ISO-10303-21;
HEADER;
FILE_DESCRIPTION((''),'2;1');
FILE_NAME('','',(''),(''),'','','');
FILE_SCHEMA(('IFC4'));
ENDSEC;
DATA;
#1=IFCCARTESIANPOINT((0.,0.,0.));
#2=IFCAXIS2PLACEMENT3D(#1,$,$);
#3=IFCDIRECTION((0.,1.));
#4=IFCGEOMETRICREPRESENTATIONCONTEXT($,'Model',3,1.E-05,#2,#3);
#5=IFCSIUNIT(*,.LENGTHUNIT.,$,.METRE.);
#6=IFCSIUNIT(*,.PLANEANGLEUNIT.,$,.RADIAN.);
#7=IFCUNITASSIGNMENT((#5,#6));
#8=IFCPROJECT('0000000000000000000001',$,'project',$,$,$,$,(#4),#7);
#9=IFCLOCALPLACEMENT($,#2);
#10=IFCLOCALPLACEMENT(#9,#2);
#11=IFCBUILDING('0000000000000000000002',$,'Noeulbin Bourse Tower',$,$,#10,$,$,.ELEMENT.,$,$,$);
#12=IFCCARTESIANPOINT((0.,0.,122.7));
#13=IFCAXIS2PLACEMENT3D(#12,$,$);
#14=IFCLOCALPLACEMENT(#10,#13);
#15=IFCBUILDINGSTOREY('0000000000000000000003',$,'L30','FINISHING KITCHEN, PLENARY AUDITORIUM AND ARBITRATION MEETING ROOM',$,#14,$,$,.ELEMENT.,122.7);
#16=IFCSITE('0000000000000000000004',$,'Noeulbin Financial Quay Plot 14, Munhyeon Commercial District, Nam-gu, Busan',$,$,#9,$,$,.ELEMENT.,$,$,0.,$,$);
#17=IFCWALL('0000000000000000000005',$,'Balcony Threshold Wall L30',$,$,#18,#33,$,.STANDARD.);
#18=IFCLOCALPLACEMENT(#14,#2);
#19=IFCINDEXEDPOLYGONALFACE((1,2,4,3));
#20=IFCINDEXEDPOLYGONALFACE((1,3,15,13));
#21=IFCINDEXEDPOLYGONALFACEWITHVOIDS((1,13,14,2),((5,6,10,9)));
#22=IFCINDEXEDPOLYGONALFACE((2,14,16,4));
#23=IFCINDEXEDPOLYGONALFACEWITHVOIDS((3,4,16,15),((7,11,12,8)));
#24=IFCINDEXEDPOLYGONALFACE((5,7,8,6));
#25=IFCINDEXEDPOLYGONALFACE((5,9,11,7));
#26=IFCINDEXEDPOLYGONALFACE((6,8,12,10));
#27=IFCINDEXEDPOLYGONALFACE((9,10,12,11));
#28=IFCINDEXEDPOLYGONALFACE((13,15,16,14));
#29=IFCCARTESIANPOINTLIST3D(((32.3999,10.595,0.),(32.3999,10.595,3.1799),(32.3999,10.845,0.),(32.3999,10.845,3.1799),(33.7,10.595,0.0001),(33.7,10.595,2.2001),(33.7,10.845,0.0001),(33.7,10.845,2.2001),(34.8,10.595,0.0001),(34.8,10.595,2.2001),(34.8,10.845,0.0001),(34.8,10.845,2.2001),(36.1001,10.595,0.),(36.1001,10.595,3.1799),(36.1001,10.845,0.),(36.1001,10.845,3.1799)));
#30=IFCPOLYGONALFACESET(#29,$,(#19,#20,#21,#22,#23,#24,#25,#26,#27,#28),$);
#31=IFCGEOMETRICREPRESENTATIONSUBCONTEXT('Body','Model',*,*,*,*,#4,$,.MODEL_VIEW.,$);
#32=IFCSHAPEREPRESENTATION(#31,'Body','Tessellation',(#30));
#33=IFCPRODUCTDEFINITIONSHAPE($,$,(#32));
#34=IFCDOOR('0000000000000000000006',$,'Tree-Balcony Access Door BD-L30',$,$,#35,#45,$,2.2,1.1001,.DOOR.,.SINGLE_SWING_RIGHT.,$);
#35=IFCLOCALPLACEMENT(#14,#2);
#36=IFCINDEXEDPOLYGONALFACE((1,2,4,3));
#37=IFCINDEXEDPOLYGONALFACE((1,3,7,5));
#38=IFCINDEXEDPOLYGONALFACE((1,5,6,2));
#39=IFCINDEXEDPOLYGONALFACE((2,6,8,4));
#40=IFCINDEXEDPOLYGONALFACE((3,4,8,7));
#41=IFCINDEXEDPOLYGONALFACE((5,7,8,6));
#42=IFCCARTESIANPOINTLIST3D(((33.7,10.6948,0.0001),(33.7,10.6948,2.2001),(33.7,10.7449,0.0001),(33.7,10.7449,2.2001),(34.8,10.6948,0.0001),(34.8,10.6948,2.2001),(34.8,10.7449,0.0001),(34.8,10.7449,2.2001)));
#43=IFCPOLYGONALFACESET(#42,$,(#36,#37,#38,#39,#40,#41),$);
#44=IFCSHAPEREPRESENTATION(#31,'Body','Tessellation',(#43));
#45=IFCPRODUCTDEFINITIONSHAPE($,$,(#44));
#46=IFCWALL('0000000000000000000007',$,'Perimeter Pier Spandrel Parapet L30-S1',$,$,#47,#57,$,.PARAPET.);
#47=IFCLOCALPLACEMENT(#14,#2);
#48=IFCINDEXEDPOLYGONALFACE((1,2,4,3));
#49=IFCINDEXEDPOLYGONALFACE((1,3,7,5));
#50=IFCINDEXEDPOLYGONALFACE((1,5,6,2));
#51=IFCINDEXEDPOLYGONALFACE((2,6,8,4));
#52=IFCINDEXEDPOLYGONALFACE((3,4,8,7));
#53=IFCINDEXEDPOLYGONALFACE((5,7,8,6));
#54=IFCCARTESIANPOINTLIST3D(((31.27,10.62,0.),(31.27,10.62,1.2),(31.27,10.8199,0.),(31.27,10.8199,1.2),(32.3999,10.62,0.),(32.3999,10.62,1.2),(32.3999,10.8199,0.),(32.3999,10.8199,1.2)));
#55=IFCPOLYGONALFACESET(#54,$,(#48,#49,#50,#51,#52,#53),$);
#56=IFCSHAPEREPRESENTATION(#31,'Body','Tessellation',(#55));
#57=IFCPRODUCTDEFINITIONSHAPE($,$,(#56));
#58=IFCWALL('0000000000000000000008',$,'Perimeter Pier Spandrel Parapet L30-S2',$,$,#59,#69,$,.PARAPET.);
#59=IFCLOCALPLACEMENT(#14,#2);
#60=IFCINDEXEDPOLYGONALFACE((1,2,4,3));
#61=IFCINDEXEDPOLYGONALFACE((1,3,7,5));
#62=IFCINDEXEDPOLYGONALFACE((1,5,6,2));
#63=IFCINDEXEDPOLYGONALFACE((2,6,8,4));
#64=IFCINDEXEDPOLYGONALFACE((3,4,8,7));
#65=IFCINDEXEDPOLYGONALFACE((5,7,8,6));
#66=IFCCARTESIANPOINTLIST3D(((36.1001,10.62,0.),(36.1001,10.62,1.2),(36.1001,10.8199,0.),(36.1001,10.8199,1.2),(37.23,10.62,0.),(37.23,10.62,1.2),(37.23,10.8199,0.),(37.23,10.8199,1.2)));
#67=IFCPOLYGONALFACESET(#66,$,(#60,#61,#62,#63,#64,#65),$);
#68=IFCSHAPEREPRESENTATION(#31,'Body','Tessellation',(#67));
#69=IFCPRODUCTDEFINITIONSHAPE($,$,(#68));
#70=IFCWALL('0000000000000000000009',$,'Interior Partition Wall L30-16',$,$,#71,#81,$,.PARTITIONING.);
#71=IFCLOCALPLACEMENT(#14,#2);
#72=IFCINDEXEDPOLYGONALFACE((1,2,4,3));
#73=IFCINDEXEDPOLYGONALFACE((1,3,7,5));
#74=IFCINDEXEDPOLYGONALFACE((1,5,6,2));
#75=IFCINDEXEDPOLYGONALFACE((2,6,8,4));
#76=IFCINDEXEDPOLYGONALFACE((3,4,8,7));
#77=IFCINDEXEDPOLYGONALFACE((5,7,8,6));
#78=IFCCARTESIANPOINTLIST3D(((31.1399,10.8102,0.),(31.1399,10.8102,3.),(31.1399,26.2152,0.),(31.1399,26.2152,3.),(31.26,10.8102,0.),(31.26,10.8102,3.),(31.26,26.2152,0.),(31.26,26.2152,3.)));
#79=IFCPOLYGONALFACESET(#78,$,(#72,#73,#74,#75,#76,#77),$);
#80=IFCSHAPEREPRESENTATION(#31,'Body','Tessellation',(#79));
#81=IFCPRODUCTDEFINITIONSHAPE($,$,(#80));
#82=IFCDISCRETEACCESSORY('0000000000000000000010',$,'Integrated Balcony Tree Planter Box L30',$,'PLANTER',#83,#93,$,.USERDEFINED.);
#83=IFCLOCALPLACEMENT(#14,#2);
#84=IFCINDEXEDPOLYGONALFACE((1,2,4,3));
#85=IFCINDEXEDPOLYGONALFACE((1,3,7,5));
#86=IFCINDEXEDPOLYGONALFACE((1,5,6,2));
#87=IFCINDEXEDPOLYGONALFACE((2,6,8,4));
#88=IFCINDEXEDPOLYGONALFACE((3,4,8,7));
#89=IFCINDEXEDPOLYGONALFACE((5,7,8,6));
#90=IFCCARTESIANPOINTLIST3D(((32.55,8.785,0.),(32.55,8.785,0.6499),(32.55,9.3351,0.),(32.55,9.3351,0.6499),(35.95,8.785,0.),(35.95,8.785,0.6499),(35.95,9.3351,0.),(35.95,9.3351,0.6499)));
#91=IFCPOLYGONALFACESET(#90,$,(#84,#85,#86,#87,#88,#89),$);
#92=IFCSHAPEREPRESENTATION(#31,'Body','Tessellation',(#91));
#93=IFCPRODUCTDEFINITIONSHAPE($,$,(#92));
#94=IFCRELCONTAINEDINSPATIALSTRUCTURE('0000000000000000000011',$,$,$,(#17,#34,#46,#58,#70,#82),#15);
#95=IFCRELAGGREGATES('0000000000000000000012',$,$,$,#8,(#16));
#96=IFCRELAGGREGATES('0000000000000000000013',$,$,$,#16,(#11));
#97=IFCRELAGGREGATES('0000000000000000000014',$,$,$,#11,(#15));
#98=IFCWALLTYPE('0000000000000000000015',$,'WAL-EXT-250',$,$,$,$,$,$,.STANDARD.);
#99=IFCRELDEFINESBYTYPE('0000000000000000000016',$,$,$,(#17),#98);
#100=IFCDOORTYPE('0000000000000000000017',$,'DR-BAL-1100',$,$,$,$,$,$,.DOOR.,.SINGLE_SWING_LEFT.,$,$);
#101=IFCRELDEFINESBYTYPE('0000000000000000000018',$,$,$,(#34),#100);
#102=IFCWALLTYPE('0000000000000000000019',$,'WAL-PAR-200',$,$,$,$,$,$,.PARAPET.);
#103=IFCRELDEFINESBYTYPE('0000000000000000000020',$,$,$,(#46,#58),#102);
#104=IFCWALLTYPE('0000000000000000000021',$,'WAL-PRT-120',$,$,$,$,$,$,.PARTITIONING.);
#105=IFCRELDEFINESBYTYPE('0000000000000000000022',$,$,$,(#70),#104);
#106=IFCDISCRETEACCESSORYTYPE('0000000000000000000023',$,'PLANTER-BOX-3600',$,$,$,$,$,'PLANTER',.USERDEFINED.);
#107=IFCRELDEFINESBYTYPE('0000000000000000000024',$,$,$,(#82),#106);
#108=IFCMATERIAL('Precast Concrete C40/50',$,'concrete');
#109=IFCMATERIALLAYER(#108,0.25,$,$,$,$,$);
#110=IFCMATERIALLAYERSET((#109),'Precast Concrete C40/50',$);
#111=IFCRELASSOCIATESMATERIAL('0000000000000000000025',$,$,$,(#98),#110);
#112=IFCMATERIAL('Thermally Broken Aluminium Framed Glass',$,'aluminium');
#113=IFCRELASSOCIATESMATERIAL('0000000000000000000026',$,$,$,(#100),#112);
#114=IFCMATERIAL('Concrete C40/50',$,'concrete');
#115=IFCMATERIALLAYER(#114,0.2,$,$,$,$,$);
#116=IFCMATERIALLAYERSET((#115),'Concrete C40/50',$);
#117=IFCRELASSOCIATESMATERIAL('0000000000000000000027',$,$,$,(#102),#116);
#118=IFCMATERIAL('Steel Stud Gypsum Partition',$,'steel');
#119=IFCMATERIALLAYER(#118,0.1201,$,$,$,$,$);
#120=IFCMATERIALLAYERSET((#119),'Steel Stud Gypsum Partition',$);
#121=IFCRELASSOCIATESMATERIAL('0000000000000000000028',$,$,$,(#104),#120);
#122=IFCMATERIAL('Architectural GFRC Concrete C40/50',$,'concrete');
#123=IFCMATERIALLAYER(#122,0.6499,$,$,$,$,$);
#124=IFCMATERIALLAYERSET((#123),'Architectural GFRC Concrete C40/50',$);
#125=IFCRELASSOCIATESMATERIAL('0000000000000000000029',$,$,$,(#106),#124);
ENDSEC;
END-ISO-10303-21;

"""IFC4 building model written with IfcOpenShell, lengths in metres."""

from ifc_helpers import new_model, si_unit, direction, frame, frame_2d, origin, origin_2d, place, context, subcontext, project, spatial, rectangle, extrude, material, layer, layer_set, type_object, element, fill, save


model = new_model("IFC4")

# Units and contexts
model_context = context("Model", 3, precision=1e-05, world=origin(), true_north=direction((0.0, 1.0)))
body_context = subcontext(model_context, "Body", "Model", "MODEL_VIEW")
ifc_project = project(units=[si_unit("LENGTHUNIT", "METRE"), si_unit("PLANEANGLEUNIT", "RADIAN")], contexts=[model_context])

# Site, building, storey
site_placement = place(None, origin())
site = spatial("IfcSite", under=ifc_project, at=site_placement, Name="Noeulbin Financial Quay Plot 14, Munhyeon Commercial District, Nam-gu, Busan", CompositionType="ELEMENT", RefElevation=0.0)
building_placement = place(site_placement, origin())
building = spatial("IfcBuilding", under=site, at=building_placement, Name="Noeulbin Bourse Tower", CompositionType="ELEMENT")
storey_placement = place(building_placement, frame((0.0, 0.0, 122.7)))
storey = spatial("IfcBuildingStorey", under=building, at=storey_placement, Name="L30", Description="FINISHING KITCHEN, PLENARY AUDITORIUM AND ARBITRATION MEETING ROOM", CompositionType="ELEMENT", Elevation=122.7)

# Wall, opening, door
ifc_material_1 = material(Name="Precast Concrete C40/50", Category="concrete")
ifc_layer_1 = layer(ifc_material_1, 0.25)
ifc_layer_set_1 = layer_set([ifc_layer_1], Name="Precast Concrete C40/50")
wall_type_1 = type_object("IfcWallType", Name="WAL-EXT-250", PredefinedType="STANDARD", material=ifc_layer_set_1)
wall_1_placement = place(storey_placement, frame((32.3999, 10.72, 0.0), z_axis=(0.0, 0.0, 1.0), x_axis=(1.0, 0.0, 0.0)))
wall_1 = element("IfcWall", 1, at=wall_1_placement, inside=storey, type_object=wall_type_1, Name="Balcony Threshold Wall L30", PredefinedType="STANDARD", context=body_context, shape_type="SweptSolid", body=[
    extrude(rectangle(XDim=3.7002, YDim=0.25, at=frame_2d((1.8501, 0.0))), origin(), (0.0, 0.0, 1.0), 3.1799),
])
opening_placement = place(wall_1_placement, frame((1.3, 0.0, 0.0)))
opening = element("IfcOpeningElement", 2, at=opening_placement, cuts=wall_1, PredefinedType="OPENING", context=body_context, shape_type="SweptSolid", body=[
    extrude(rectangle(XDim=1.1001, YDim=2.2, at=frame_2d((0.55, 1.1001))), frame((0.0, 0.135, 0.0), z_axis=(0.0, -1.0, 0.0), x_axis=(1.0, 0.0, 0.0)), (0.0, 0.0, 1.0), 0.27),
])
ifc_material_2 = material(Name="Thermally Broken Aluminium Framed Glass", Category="aluminium")
door_type = type_object("IfcDoorType", Name="DR-BAL-1100", OperationType="SINGLE_SWING_LEFT", PredefinedType="DOOR", material=ifc_material_2)
door_placement = place(opening_placement, origin())
door = element("IfcDoor", 3, at=door_placement, inside=storey, type_object=door_type, Name="Tree-Balcony Access Door BD-L30", OperationType="SINGLE_SWING_RIGHT", OverallHeight=2.2, OverallWidth=1.1001, PredefinedType="DOOR", context=body_context, shape_type="SweptSolid", body=[
    extrude(rectangle(XDim=1.1001, YDim=2.2, at=frame_2d((0.55, 1.1001))), frame((0.0, 0.0249, 0.0), z_axis=(0.0, -1.0, 0.0), x_axis=(1.0, 0.0, 0.0)), (0.0, 0.0, 1.0), 0.05),
])
fill(opening, door)

# Walls
ifc_material_3 = material(Name="Concrete C40/50", Category="concrete")
ifc_layer_2 = layer(ifc_material_3, 0.2)
ifc_layer_set_2 = layer_set([ifc_layer_2], Name="Concrete C40/50")
wall_type_2 = type_object("IfcWallType", Name="WAL-PAR-200", PredefinedType="PARAPET", material=ifc_layer_set_2)
for number, where, z_axis, x_axis, name in (
    (4, (31.27, 10.72, 0.0), (0.0, 0.0, 1.0), (1.0, 0.0, 0.0), "Perimeter Pier Spandrel Parapet L30-S1"),
    (5, (36.1001, 10.72, 0.0), (0.0, 0.0, 1.0), (1.0, 0.0, 0.0), "Perimeter Pier Spandrel Parapet L30-S2"),
):
    element("IfcWall", number, at=place(storey_placement, frame(where, z_axis=z_axis, x_axis=x_axis)), inside=storey, type_object=wall_type_2, Name=name, PredefinedType="PARAPET", context=body_context, shape_type="SweptSolid", body=[
        extrude(rectangle(XDim=1.1299, YDim=0.2, at=frame_2d((0.5649, 0.0))), origin(), (0.0, 0.0, 1.0), 1.2),
    ])
ifc_material_4 = material(Name="Steel Stud Gypsum Partition", Category="steel")
ifc_layer_3 = layer(ifc_material_4, 0.1201)
ifc_layer_set_3 = layer_set([ifc_layer_3], Name="Steel Stud Gypsum Partition")
wall_type_3 = type_object("IfcWallType", Name="WAL-PRT-120", PredefinedType="PARTITIONING", material=ifc_layer_set_3)
wall_2_placement = place(storey_placement, frame((31.2, 10.8101, 0.0), z_axis=(0.0, 0.0, 1.0), x_axis=(0.0, 1.0, 0.0)))
element("IfcWall", 6, at=wall_2_placement, inside=storey, type_object=wall_type_3, Name="Interior Partition Wall L30-16", PredefinedType="PARTITIONING", context=body_context, shape_type="SweptSolid", body=[
    extrude(rectangle(XDim=15.405, YDim=0.1201, at=frame_2d((7.7026, 0.0))), origin(), (0.0, 0.0, 1.0), 3.0),
])

# Discrete accessory
ifc_material_5 = material(Name="Architectural GFRC Concrete C40/50", Category="concrete")
ifc_layer_4 = layer(ifc_material_5, 0.6499)
ifc_layer_set_4 = layer_set([ifc_layer_4], Name="Architectural GFRC Concrete C40/50")
discrete_accessory_type = type_object("IfcDiscreteAccessoryType", Name="PLANTER-BOX-3600", ElementType="PLANTER", PredefinedType="USERDEFINED", material=ifc_layer_set_4)
discrete_accessory_placement = place(storey_placement, frame((34.25, 9.0601, 0.0), z_axis=(0.0, 0.0, 1.0), x_axis=(1.0, 0.0, 0.0)))
element("IfcDiscreteAccessory", 7, at=discrete_accessory_placement, inside=storey, type_object=discrete_accessory_type, Name="Integrated Balcony Tree Planter Box L30", ObjectType="PLANTER", PredefinedType="USERDEFINED", context=body_context, shape_type="SweptSolid", body=[
    extrude(rectangle(XDim=3.3999, YDim=0.55, at=origin_2d()), origin(), (0.0, 0.0, 1.0), 0.6499),
])

save(model, "model.ifc")
